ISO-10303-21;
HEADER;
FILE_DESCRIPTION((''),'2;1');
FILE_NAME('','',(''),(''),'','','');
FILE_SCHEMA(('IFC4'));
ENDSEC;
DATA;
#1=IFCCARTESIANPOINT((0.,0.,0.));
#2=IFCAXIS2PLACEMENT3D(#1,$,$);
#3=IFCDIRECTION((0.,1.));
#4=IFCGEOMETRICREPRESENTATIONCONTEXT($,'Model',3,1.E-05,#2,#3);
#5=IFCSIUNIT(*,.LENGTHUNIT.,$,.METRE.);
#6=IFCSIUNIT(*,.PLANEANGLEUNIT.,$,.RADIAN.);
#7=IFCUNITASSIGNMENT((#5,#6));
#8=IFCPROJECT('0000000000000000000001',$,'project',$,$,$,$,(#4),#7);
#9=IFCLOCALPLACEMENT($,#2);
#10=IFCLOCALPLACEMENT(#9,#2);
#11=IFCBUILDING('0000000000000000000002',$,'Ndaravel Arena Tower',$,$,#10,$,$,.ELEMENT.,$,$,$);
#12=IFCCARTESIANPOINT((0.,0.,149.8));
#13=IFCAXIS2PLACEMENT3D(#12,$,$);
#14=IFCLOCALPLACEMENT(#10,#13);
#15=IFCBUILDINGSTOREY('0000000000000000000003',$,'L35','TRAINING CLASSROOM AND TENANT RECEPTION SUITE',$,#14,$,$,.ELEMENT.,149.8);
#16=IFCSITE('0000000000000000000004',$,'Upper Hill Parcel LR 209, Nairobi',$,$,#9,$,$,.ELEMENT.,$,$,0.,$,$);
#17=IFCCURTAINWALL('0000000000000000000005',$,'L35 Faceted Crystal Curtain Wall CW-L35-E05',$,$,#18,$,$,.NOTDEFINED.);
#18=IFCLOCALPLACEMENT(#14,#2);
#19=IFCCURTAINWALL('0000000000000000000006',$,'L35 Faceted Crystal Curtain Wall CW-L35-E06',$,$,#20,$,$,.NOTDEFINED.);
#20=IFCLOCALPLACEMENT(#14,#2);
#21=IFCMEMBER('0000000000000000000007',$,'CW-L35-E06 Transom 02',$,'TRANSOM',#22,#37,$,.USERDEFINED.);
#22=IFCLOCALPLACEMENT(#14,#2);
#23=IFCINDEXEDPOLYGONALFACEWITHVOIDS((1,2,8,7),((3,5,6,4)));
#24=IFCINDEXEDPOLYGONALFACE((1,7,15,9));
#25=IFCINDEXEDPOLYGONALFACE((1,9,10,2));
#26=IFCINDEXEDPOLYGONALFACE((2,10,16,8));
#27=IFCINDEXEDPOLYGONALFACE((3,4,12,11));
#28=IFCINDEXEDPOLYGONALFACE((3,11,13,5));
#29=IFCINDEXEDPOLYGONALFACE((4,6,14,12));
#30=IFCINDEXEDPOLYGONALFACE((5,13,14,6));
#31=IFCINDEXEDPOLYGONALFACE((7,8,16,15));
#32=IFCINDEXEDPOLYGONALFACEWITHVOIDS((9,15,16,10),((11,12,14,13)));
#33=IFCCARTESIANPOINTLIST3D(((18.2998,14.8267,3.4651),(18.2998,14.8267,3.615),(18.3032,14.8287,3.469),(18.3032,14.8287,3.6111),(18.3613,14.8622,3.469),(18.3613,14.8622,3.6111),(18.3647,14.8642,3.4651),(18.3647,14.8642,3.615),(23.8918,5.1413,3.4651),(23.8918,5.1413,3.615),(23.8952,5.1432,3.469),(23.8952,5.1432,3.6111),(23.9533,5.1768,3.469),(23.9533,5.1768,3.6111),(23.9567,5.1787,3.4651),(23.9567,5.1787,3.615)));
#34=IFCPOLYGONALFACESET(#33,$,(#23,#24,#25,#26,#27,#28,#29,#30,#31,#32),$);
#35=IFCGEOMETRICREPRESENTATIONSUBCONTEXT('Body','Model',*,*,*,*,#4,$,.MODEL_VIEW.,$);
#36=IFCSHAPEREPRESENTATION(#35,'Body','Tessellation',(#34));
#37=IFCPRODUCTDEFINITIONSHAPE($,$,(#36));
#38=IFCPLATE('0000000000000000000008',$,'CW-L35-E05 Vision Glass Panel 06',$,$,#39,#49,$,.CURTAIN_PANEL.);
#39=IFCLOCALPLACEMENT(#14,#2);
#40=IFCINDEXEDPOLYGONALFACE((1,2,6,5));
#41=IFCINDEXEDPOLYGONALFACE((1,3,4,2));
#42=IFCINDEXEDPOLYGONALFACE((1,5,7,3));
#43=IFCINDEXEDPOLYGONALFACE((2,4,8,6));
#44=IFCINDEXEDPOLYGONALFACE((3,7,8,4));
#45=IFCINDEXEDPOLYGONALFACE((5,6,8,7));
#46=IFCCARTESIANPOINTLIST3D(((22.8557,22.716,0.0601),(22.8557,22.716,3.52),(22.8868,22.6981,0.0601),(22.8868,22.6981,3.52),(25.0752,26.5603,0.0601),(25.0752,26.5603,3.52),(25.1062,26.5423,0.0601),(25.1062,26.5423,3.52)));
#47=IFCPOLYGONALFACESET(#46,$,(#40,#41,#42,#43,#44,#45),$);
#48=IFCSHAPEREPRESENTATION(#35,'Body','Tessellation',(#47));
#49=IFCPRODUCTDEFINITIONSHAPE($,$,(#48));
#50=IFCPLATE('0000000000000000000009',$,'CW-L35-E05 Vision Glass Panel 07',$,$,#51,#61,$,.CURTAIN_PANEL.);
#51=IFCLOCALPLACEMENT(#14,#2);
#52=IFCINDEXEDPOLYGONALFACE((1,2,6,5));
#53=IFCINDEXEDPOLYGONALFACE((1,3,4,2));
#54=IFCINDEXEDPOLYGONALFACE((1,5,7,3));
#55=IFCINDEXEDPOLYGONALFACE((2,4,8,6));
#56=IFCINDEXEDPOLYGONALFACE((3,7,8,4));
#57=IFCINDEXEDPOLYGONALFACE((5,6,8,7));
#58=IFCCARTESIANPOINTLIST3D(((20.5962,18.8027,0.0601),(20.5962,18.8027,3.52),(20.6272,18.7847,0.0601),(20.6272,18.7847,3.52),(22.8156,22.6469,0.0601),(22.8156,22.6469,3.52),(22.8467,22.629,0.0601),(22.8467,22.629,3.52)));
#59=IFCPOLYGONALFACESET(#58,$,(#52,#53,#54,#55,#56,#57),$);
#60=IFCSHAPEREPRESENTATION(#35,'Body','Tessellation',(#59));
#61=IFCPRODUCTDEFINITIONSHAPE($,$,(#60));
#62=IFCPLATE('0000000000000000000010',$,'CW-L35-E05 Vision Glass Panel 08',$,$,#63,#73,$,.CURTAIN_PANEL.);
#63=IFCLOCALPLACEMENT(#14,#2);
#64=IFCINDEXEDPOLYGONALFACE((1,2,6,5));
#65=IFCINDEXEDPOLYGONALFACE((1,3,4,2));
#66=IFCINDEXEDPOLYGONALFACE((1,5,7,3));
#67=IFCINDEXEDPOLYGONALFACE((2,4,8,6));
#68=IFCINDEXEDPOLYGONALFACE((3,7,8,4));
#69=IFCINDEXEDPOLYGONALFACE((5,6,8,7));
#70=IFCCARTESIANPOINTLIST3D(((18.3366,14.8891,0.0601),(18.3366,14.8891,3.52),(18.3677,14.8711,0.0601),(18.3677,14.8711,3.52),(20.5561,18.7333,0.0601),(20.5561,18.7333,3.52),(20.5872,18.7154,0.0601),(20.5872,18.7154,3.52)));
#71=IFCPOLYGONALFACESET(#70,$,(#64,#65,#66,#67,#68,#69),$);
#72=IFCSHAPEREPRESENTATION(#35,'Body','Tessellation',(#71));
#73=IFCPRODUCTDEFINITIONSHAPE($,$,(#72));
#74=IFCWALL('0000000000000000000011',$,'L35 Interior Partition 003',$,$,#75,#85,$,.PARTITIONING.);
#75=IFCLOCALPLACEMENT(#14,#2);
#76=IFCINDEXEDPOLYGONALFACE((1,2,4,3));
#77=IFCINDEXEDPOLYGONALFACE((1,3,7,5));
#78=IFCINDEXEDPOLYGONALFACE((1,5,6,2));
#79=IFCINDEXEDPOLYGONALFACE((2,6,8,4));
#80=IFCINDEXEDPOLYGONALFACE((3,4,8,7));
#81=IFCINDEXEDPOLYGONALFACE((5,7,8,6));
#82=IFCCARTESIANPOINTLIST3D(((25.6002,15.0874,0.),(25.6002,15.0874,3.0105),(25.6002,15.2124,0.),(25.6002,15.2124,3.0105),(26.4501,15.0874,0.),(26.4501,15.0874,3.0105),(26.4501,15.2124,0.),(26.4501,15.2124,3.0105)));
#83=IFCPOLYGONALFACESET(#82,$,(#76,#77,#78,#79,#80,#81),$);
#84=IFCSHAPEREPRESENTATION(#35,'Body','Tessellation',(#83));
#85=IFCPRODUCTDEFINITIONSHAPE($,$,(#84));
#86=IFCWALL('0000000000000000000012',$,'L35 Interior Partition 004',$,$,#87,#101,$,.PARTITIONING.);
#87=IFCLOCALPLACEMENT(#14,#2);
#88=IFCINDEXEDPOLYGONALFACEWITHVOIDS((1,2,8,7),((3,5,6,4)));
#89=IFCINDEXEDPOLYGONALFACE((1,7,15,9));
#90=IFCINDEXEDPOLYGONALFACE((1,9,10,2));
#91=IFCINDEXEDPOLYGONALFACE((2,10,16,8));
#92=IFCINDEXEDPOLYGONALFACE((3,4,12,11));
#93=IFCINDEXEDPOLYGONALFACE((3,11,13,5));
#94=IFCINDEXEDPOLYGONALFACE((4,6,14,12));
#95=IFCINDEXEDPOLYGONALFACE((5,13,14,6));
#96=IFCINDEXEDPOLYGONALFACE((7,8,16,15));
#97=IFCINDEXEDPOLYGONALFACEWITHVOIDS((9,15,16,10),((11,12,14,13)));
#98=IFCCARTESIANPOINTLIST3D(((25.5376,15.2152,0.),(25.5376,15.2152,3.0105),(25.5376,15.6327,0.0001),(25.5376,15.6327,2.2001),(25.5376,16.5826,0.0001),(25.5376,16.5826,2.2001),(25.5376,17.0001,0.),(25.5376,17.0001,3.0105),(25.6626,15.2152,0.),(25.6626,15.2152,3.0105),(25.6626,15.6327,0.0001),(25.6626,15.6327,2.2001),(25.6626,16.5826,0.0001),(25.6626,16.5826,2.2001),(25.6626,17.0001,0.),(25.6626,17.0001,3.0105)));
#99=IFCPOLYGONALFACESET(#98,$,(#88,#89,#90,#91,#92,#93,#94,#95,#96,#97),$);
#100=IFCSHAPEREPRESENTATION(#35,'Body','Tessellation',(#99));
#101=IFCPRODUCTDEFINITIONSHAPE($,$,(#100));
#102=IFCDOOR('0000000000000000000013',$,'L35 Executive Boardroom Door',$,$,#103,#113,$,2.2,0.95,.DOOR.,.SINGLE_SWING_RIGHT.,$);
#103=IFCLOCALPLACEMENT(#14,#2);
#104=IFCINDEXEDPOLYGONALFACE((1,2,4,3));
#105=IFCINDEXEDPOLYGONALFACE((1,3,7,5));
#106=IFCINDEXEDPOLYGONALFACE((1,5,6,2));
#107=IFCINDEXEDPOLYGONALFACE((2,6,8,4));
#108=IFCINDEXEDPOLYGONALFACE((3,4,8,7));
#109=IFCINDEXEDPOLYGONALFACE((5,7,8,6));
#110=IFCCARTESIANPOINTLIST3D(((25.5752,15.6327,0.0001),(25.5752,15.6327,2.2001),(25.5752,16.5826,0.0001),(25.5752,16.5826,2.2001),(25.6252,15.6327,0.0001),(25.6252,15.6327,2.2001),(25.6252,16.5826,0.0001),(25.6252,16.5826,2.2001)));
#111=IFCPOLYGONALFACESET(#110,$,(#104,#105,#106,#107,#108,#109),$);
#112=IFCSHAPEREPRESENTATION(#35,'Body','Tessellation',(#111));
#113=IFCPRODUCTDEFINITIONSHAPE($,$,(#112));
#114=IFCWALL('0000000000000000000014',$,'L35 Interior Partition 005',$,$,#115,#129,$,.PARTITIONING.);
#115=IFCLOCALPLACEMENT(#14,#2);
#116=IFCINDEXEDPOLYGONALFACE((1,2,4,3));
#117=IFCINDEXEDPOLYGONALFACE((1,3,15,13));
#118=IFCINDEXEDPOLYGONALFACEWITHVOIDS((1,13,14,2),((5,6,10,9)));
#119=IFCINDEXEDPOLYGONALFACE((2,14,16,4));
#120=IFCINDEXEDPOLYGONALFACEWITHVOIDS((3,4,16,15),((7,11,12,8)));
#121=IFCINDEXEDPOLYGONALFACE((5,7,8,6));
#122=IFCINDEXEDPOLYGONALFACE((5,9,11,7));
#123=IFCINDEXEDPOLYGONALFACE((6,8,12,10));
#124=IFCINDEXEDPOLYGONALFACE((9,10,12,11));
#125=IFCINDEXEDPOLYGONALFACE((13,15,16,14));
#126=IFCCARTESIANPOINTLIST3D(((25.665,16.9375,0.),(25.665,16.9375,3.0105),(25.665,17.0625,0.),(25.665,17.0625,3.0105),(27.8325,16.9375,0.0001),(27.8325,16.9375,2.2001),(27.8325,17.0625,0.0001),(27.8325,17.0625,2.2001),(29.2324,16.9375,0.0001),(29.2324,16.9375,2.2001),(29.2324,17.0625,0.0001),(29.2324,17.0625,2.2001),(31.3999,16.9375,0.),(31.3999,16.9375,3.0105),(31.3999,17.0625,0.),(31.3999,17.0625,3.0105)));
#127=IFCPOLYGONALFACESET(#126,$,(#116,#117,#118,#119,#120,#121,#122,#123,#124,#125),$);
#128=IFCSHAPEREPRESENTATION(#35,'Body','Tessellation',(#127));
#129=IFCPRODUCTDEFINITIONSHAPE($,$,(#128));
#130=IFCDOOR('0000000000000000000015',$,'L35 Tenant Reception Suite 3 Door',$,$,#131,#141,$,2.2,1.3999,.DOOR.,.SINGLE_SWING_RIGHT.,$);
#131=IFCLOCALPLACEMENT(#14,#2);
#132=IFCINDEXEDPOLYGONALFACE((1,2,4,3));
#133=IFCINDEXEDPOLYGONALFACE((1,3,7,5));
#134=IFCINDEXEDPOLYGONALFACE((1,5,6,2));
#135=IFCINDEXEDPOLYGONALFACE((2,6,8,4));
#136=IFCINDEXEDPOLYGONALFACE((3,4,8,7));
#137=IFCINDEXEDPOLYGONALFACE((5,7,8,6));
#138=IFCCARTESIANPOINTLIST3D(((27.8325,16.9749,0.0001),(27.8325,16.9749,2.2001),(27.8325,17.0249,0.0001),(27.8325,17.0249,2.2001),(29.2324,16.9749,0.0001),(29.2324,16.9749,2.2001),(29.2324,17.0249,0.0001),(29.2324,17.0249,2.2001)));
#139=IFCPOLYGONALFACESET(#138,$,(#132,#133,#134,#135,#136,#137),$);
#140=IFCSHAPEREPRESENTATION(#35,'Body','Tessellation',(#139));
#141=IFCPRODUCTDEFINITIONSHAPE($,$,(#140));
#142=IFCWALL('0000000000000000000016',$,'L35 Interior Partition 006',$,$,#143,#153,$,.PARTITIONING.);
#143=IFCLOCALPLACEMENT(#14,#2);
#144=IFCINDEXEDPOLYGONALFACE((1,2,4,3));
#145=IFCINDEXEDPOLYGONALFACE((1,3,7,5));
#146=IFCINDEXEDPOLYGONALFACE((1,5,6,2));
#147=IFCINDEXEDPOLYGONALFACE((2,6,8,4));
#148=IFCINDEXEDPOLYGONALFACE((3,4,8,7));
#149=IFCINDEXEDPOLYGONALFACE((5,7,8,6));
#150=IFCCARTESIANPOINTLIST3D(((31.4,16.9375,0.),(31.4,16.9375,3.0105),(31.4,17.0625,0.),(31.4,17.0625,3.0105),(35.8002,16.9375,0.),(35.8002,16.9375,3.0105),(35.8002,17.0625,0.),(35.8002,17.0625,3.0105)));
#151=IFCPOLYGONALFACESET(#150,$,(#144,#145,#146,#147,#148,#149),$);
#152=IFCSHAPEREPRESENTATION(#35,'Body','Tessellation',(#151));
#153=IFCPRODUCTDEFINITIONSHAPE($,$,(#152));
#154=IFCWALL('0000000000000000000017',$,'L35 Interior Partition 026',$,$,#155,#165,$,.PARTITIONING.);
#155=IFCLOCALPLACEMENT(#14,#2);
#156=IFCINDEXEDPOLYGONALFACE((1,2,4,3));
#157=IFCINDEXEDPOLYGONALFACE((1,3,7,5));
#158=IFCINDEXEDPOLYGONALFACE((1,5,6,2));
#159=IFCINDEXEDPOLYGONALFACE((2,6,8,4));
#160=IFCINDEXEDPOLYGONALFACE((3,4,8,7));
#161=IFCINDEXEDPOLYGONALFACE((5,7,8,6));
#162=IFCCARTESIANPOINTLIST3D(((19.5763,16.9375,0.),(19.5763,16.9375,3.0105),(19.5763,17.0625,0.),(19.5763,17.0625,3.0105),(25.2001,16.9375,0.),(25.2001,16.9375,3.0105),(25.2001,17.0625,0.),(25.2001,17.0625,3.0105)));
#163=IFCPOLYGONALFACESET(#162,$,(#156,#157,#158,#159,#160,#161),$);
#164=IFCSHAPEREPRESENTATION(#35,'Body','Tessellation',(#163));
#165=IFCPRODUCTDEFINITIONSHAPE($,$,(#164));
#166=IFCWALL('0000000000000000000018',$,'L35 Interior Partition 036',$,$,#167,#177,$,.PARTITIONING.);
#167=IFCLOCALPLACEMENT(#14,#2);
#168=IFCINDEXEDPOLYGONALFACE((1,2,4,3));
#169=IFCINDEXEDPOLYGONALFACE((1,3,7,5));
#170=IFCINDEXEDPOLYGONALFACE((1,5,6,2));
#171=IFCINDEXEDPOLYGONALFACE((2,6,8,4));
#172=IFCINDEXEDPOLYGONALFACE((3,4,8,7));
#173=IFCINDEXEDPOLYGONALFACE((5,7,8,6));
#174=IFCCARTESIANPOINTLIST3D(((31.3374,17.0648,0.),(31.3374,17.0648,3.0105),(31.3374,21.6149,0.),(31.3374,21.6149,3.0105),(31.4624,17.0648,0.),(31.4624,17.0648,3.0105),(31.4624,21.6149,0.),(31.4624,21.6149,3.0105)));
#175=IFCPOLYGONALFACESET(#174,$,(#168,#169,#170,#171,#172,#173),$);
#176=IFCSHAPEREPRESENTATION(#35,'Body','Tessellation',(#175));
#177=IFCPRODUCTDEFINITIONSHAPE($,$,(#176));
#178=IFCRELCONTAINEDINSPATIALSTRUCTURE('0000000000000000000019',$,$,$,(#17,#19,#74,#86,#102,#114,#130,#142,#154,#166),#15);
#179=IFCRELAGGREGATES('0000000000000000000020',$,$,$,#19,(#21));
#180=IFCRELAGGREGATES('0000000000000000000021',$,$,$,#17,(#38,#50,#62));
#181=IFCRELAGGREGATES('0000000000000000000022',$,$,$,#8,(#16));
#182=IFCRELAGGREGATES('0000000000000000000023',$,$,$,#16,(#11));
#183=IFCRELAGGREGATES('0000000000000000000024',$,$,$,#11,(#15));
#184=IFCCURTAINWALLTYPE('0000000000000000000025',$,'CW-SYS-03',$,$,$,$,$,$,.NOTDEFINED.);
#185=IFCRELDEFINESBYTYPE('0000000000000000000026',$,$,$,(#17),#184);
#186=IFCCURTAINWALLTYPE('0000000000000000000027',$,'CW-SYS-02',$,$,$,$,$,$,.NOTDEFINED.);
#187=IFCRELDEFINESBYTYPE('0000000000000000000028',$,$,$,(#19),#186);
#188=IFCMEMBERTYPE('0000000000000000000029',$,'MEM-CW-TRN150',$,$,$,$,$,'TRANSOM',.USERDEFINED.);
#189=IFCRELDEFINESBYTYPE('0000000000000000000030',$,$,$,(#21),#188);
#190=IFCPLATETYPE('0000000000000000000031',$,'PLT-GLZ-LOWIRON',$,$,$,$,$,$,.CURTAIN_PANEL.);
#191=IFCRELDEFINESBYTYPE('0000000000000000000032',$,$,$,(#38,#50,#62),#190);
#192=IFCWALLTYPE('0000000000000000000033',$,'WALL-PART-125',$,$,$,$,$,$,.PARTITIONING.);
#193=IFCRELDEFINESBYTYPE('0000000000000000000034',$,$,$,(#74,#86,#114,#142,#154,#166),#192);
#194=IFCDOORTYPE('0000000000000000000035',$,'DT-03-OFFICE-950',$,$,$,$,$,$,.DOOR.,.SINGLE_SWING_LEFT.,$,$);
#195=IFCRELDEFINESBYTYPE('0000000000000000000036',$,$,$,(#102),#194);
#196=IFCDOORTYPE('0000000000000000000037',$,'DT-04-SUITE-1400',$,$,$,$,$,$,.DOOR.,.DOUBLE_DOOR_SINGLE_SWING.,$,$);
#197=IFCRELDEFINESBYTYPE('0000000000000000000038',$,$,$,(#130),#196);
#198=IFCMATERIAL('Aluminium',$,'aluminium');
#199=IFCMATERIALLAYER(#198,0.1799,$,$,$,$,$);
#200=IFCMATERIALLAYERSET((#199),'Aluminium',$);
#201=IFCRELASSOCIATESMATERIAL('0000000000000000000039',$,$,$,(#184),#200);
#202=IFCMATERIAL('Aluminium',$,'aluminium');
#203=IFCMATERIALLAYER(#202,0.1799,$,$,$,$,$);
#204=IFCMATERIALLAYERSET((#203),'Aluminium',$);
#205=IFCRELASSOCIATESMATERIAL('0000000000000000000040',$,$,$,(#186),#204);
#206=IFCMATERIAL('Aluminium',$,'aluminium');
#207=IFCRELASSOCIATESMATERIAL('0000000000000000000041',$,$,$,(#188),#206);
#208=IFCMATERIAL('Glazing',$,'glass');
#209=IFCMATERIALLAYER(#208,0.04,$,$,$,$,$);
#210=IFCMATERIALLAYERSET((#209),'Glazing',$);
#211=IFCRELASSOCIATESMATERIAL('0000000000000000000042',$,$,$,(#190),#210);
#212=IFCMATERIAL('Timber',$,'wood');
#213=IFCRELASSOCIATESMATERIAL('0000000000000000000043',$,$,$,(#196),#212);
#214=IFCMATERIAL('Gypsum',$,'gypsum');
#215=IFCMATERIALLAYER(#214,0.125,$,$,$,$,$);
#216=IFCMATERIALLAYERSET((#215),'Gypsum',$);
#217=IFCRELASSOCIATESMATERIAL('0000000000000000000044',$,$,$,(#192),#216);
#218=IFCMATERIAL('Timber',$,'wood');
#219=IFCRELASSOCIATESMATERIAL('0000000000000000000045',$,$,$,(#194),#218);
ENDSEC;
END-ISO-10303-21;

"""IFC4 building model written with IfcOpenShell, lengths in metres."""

from ifc_helpers import new_model, si_unit, direction, frame, frame_2d, origin, origin_2d, place, context, subcontext, project, spatial, rectangle, hollow_rectangle, extrude, material, layer, layer_set, material_profile, profile_set, type_object, element, fill, aggregate, save


model = new_model("IFC4")

# Units and contexts
model_context = context("Model", 3, precision=1e-05, world=origin(), true_north=direction((0.0, 1.0)))
body_context = subcontext(model_context, "Body", "Model", "MODEL_VIEW")
ifc_project = project(units=[si_unit("LENGTHUNIT", "METRE"), si_unit("PLANEANGLEUNIT", "RADIAN")], contexts=[model_context])

# Site, building, storey
site_placement = place(None, origin())
site = spatial("IfcSite", under=ifc_project, at=site_placement, Name="Upper Hill Parcel LR 209, Nairobi", CompositionType="ELEMENT", RefElevation=0.0)
building_placement = place(site_placement, origin())
building = spatial("IfcBuilding", under=site, at=building_placement, Name="Ndaravel Arena Tower", CompositionType="ELEMENT")
storey_placement = place(building_placement, frame((0.0, 0.0, 149.8)))
storey = spatial("IfcBuildingStorey", under=building, at=storey_placement, Name="L35", Description="TRAINING CLASSROOM AND TENANT RECEPTION SUITE", CompositionType="ELEMENT", Elevation=149.8)

# Curtain walls, member
ifc_material_1 = material(Name="Aluminium", Category="aluminium")
ifc_layer_1 = layer(ifc_material_1, 0.1799)
ifc_layer_set_1 = layer_set([ifc_layer_1], Name="Aluminium")
curtain_wall_type_1 = type_object("IfcCurtainWallType", Name="CW-SYS-03", PredefinedType="NOTDEFINED", material=ifc_layer_set_1)
curtain_wall_1_placement = place(storey_placement, origin())
curtain_wall_1 = element("IfcCurtainWall", 1, at=curtain_wall_1_placement, inside=storey, type_object=curtain_wall_type_1, Name="L35 Faceted Crystal Curtain Wall CW-L35-E05", PredefinedType="NOTDEFINED")
ifc_material_2 = material(Name="Aluminium", Category="aluminium")
ifc_layer_2 = layer(ifc_material_2, 0.1799)
ifc_layer_set_2 = layer_set([ifc_layer_2], Name="Aluminium")
curtain_wall_type_2 = type_object("IfcCurtainWallType", Name="CW-SYS-02", PredefinedType="NOTDEFINED", material=ifc_layer_set_2)
curtain_wall_2_placement = place(storey_placement, origin())
curtain_wall_2 = element("IfcCurtainWall", 2, at=curtain_wall_2_placement, inside=storey, type_object=curtain_wall_type_2, Name="L35 Faceted Crystal Curtain Wall CW-L35-E06", PredefinedType="NOTDEFINED")
ifc_material_3 = material(Name="Aluminium", Category="aluminium")
ifc_material_profile_1 = material_profile(ifc_material_3, hollow_rectangle(XDim=0.075, YDim=0.1499, WallThickness=0.0039, at=origin_2d()), Name="CW TRANSOM 75x150x4")
ifc_profile_set_1 = profile_set([ifc_material_profile_1], Name="Aluminium")
member_type_1 = type_object("IfcMemberType", Name="MEM-CW-TRN150", ElementType="TRANSOM", PredefinedType="USERDEFINED", material=ifc_profile_set_1)
member_1_placement = place(storey_placement, frame((18.3323, 14.8455, 3.54), z_axis=(0.500006, -0.866022, 0.0), x_axis=(0.866022, 0.500006, 0.0)))
member_1 = element("IfcMember", 3, at=member_1_placement, type_object=member_type_1, Name="CW-L35-E06 Transom 02", ObjectType="TRANSOM", PredefinedType="USERDEFINED", context=body_context, shape_type="SweptSolid", body=[
    extrude(hollow_rectangle(XDim=0.075, YDim=0.1499, WallThickness=0.0039, at=origin_2d()), origin(), (0.0, 0.0, 1.0), 11.1838),
])
aggregate(curtain_wall_2, [member_1])

# Plates
ifc_material_4 = material(Name="Glazing", Category="glass")
ifc_layer_3 = layer(ifc_material_4, 0.04)
ifc_layer_set_3 = layer_set([ifc_layer_3], Name="Glazing")
plate_type = type_object("IfcPlateType", Name="PLT-GLZ-LOWIRON", PredefinedType="CURTAIN_PANEL", material=ifc_layer_set_3)
plate_1_placement = place(storey_placement, frame((23.981, 24.6292, 0.0601), z_axis=(0.0, 0.0, 1.0), x_axis=(-0.5, -0.866025, 0.0)))
plate_1 = element("IfcPlate", 4, at=plate_1_placement, type_object=plate_type, Name="CW-L35-E05 Vision Glass Panel 06", PredefinedType="CURTAIN_PANEL", context=body_context, shape_type="SweptSolid", body=[
    extrude(rectangle(XDim=4.439, YDim=0.0359, at=origin_2d()), origin(), (0.0, 0.0, 1.0), 3.46),
])
plate_2_placement = place(storey_placement, frame((21.7214, 20.7158, 0.0601), z_axis=(0.0, 0.0, 1.0), x_axis=(-0.5, -0.866025, 0.0)))
plate_2 = element("IfcPlate", 5, at=plate_2_placement, type_object=plate_type, Name="CW-L35-E05 Vision Glass Panel 07", PredefinedType="CURTAIN_PANEL", context=body_context, shape_type="SweptSolid", body=[
    extrude(rectangle(XDim=4.439, YDim=0.0359, at=origin_2d()), origin(), (0.0, 0.0, 1.0), 3.46),
])
plate_3_placement = place(storey_placement, frame((19.4619, 16.8022, 0.0601), z_axis=(0.0, 0.0, 1.0), x_axis=(-0.5, -0.866025, 0.0)))
plate_3 = element("IfcPlate", 6, at=plate_3_placement, type_object=plate_type, Name="CW-L35-E05 Vision Glass Panel 08", PredefinedType="CURTAIN_PANEL", context=body_context, shape_type="SweptSolid", body=[
    extrude(rectangle(XDim=4.439, YDim=0.0359, at=origin_2d()), origin(), (0.0, 0.0, 1.0), 3.46),
])
aggregate(curtain_wall_1, [plate_1, plate_2, plate_3])

# Shared definitions
ifc_material_5 = material(Name="Timber", Category="wood")
door_type_1 = type_object("IfcDoorType", Name="DT-04-SUITE-1400", OperationType="DOUBLE_DOOR_SINGLE_SWING", PredefinedType="DOOR", material=ifc_material_5)

# Wall
ifc_material_6 = material(Name="Gypsum", Category="gypsum")
ifc_layer_4 = layer(ifc_material_6, 0.125)
ifc_layer_set_4 = layer_set([ifc_layer_4], Name="Gypsum")
wall_type_1 = type_object("IfcWallType", Name="WALL-PART-125", PredefinedType="PARTITIONING", material=ifc_layer_set_4)
wall_1_placement = place(storey_placement, frame((26.45, 15.1499, 0.0), z_axis=(0.0, 0.0, 1.0), x_axis=(-1.0, 0.0, 0.0)))
element("IfcWall", 7, at=wall_1_placement, inside=storey, type_object=wall_type_1, Name="L35 Interior Partition 003", PredefinedType="PARTITIONING", context=body_context, shape_type="SweptSolid", body=[
    extrude(rectangle(XDim=0.8499, YDim=0.125, at=frame_2d((0.4248, 0.0))), origin(), (0.0, 0.0, 1.0), 3.0105),
])

# Walls, openings, doors
wall_2_placement = place(storey_placement, frame((25.6001, 15.2151, 0.0), z_axis=(0.0, 0.0, 1.0), x_axis=(0.0, 1.0, 0.0)))
wall_2 = element("IfcWall", 8, at=wall_2_placement, inside=storey, type_object=wall_type_1, Name="L35 Interior Partition 004", PredefinedType="PARTITIONING", context=body_context, shape_type="SweptSolid", body=[
    extrude(rectangle(XDim=1.7849, YDim=0.125, at=frame_2d((0.8926, 0.0))), origin(), (0.0, 0.0, 1.0), 3.0105),
])
opening_1_placement = place(wall_2_placement, frame((0.4175, 0.0, 0.0)))
opening_1 = element("IfcOpeningElement", 9, at=opening_1_placement, cuts=wall_2, PredefinedType="OPENING", context=body_context, shape_type="SweptSolid", body=[
    extrude(rectangle(XDim=0.95, YDim=2.2, at=frame_2d((0.4751, 1.1001))), frame((0.0, 0.0625, 0.0), z_axis=(0.0, -1.0, 0.0), x_axis=(1.0, 0.0, 0.0)), (0.0, 0.0, 1.0), 0.125),
])
ifc_material_7 = material(Name="Timber", Category="wood")
door_type_2 = type_object("IfcDoorType", Name="DT-03-OFFICE-950", OperationType="SINGLE_SWING_LEFT", PredefinedType="DOOR", material=ifc_material_7)
door_1_placement = place(opening_1_placement, origin())
door_1 = element("IfcDoor", 10, at=door_1_placement, inside=storey, type_object=door_type_2, Name="L35 Executive Boardroom Door", OperationType="SINGLE_SWING_RIGHT", OverallHeight=2.2, OverallWidth=0.95, PredefinedType="DOOR", context=body_context, shape_type="SweptSolid", body=[
    extrude(rectangle(XDim=0.95, YDim=2.2, at=frame_2d((0.4751, 1.1001))), frame((0.0, 0.0249, 0.0), z_axis=(0.0, -1.0, 0.0), x_axis=(1.0, 0.0, 0.0)), (0.0, 0.0, 1.0), 0.05),
])
fill(opening_1, door_1)
wall_3_placement = place(storey_placement, frame((25.665, 17.0, 0.0), z_axis=(0.0, 0.0, 1.0), x_axis=(1.0, 0.0, 0.0)))
wall_3 = element("IfcWall", 11, at=wall_3_placement, inside=storey, type_object=wall_type_1, Name="L35 Interior Partition 005", PredefinedType="PARTITIONING", context=body_context, shape_type="SweptSolid", body=[
    extrude(rectangle(XDim=5.7349, YDim=0.125, at=frame_2d((2.8674, 0.0))), origin(), (0.0, 0.0, 1.0), 3.0105),
])
opening_2_placement = place(wall_3_placement, frame((2.1675, 0.0, 0.0)))
opening_2 = element("IfcOpeningElement", 12, at=opening_2_placement, cuts=wall_3, PredefinedType="OPENING", context=body_context, shape_type="SweptSolid", body=[
    extrude(rectangle(XDim=1.3999, YDim=2.2, at=frame_2d((0.7, 1.1001))), frame((0.0, 0.0625, 0.0), z_axis=(0.0, -1.0, 0.0), x_axis=(1.0, 0.0, 0.0)), (0.0, 0.0, 1.0), 0.125),
])
door_2_placement = place(opening_2_placement, origin())
door_2 = element("IfcDoor", 13, at=door_2_placement, inside=storey, type_object=door_type_1, Name="L35 Tenant Reception Suite 3 Door", OperationType="SINGLE_SWING_RIGHT", OverallHeight=2.2, OverallWidth=1.3999, PredefinedType="DOOR", context=body_context, shape_type="SweptSolid", body=[
    extrude(rectangle(XDim=1.3999, YDim=2.2, at=frame_2d((0.7, 1.1001))), frame((0.0, 0.0249, 0.0), z_axis=(0.0, -1.0, 0.0), x_axis=(1.0, 0.0, 0.0)), (0.0, 0.0, 1.0), 0.05),
])
fill(opening_2, door_2)

# Walls
wall_4_placement = place(storey_placement, frame((31.3999, 17.0, 0.0), z_axis=(0.0, 0.0, 1.0), x_axis=(1.0, 0.0, 0.0)))
element("IfcWall", 14, at=wall_4_placement, inside=storey, type_object=wall_type_1, Name="L35 Interior Partition 006", PredefinedType="PARTITIONING", context=body_context, shape_type="SweptSolid", body=[
    extrude(rectangle(XDim=4.4001, YDim=0.125, at=frame_2d((2.2002, 0.0))), origin(), (0.0, 0.0, 1.0), 3.0105),
])
wall_5_placement = place(storey_placement, frame((19.5762, 17.0, 0.0), z_axis=(0.0, 0.0, 1.0), x_axis=(1.0, 0.0, 0.0)))
element("IfcWall", 15, at=wall_5_placement, inside=storey, type_object=wall_type_1, Name="L35 Interior Partition 026", PredefinedType="PARTITIONING", context=body_context, shape_type="SweptSolid", body=[
    extrude(rectangle(XDim=5.6238, YDim=0.125, at=frame_2d((2.812, 0.0))), origin(), (0.0, 0.0, 1.0), 3.0105),
])
wall_6_placement = place(storey_placement, frame((31.3999, 17.0649, 0.0), z_axis=(0.0, 0.0, 1.0), x_axis=(0.0, 1.0, 0.0)))
element("IfcWall", 16, at=wall_6_placement, inside=storey, type_object=wall_type_1, Name="L35 Interior Partition 036", PredefinedType="PARTITIONING", context=body_context, shape_type="SweptSolid", body=[
    extrude(rectangle(XDim=4.55, YDim=0.125, at=frame_2d((2.2749, 0.0))), origin(), (0.0, 0.0, 1.0), 3.0105),
])

save(model, "model.ifc")
